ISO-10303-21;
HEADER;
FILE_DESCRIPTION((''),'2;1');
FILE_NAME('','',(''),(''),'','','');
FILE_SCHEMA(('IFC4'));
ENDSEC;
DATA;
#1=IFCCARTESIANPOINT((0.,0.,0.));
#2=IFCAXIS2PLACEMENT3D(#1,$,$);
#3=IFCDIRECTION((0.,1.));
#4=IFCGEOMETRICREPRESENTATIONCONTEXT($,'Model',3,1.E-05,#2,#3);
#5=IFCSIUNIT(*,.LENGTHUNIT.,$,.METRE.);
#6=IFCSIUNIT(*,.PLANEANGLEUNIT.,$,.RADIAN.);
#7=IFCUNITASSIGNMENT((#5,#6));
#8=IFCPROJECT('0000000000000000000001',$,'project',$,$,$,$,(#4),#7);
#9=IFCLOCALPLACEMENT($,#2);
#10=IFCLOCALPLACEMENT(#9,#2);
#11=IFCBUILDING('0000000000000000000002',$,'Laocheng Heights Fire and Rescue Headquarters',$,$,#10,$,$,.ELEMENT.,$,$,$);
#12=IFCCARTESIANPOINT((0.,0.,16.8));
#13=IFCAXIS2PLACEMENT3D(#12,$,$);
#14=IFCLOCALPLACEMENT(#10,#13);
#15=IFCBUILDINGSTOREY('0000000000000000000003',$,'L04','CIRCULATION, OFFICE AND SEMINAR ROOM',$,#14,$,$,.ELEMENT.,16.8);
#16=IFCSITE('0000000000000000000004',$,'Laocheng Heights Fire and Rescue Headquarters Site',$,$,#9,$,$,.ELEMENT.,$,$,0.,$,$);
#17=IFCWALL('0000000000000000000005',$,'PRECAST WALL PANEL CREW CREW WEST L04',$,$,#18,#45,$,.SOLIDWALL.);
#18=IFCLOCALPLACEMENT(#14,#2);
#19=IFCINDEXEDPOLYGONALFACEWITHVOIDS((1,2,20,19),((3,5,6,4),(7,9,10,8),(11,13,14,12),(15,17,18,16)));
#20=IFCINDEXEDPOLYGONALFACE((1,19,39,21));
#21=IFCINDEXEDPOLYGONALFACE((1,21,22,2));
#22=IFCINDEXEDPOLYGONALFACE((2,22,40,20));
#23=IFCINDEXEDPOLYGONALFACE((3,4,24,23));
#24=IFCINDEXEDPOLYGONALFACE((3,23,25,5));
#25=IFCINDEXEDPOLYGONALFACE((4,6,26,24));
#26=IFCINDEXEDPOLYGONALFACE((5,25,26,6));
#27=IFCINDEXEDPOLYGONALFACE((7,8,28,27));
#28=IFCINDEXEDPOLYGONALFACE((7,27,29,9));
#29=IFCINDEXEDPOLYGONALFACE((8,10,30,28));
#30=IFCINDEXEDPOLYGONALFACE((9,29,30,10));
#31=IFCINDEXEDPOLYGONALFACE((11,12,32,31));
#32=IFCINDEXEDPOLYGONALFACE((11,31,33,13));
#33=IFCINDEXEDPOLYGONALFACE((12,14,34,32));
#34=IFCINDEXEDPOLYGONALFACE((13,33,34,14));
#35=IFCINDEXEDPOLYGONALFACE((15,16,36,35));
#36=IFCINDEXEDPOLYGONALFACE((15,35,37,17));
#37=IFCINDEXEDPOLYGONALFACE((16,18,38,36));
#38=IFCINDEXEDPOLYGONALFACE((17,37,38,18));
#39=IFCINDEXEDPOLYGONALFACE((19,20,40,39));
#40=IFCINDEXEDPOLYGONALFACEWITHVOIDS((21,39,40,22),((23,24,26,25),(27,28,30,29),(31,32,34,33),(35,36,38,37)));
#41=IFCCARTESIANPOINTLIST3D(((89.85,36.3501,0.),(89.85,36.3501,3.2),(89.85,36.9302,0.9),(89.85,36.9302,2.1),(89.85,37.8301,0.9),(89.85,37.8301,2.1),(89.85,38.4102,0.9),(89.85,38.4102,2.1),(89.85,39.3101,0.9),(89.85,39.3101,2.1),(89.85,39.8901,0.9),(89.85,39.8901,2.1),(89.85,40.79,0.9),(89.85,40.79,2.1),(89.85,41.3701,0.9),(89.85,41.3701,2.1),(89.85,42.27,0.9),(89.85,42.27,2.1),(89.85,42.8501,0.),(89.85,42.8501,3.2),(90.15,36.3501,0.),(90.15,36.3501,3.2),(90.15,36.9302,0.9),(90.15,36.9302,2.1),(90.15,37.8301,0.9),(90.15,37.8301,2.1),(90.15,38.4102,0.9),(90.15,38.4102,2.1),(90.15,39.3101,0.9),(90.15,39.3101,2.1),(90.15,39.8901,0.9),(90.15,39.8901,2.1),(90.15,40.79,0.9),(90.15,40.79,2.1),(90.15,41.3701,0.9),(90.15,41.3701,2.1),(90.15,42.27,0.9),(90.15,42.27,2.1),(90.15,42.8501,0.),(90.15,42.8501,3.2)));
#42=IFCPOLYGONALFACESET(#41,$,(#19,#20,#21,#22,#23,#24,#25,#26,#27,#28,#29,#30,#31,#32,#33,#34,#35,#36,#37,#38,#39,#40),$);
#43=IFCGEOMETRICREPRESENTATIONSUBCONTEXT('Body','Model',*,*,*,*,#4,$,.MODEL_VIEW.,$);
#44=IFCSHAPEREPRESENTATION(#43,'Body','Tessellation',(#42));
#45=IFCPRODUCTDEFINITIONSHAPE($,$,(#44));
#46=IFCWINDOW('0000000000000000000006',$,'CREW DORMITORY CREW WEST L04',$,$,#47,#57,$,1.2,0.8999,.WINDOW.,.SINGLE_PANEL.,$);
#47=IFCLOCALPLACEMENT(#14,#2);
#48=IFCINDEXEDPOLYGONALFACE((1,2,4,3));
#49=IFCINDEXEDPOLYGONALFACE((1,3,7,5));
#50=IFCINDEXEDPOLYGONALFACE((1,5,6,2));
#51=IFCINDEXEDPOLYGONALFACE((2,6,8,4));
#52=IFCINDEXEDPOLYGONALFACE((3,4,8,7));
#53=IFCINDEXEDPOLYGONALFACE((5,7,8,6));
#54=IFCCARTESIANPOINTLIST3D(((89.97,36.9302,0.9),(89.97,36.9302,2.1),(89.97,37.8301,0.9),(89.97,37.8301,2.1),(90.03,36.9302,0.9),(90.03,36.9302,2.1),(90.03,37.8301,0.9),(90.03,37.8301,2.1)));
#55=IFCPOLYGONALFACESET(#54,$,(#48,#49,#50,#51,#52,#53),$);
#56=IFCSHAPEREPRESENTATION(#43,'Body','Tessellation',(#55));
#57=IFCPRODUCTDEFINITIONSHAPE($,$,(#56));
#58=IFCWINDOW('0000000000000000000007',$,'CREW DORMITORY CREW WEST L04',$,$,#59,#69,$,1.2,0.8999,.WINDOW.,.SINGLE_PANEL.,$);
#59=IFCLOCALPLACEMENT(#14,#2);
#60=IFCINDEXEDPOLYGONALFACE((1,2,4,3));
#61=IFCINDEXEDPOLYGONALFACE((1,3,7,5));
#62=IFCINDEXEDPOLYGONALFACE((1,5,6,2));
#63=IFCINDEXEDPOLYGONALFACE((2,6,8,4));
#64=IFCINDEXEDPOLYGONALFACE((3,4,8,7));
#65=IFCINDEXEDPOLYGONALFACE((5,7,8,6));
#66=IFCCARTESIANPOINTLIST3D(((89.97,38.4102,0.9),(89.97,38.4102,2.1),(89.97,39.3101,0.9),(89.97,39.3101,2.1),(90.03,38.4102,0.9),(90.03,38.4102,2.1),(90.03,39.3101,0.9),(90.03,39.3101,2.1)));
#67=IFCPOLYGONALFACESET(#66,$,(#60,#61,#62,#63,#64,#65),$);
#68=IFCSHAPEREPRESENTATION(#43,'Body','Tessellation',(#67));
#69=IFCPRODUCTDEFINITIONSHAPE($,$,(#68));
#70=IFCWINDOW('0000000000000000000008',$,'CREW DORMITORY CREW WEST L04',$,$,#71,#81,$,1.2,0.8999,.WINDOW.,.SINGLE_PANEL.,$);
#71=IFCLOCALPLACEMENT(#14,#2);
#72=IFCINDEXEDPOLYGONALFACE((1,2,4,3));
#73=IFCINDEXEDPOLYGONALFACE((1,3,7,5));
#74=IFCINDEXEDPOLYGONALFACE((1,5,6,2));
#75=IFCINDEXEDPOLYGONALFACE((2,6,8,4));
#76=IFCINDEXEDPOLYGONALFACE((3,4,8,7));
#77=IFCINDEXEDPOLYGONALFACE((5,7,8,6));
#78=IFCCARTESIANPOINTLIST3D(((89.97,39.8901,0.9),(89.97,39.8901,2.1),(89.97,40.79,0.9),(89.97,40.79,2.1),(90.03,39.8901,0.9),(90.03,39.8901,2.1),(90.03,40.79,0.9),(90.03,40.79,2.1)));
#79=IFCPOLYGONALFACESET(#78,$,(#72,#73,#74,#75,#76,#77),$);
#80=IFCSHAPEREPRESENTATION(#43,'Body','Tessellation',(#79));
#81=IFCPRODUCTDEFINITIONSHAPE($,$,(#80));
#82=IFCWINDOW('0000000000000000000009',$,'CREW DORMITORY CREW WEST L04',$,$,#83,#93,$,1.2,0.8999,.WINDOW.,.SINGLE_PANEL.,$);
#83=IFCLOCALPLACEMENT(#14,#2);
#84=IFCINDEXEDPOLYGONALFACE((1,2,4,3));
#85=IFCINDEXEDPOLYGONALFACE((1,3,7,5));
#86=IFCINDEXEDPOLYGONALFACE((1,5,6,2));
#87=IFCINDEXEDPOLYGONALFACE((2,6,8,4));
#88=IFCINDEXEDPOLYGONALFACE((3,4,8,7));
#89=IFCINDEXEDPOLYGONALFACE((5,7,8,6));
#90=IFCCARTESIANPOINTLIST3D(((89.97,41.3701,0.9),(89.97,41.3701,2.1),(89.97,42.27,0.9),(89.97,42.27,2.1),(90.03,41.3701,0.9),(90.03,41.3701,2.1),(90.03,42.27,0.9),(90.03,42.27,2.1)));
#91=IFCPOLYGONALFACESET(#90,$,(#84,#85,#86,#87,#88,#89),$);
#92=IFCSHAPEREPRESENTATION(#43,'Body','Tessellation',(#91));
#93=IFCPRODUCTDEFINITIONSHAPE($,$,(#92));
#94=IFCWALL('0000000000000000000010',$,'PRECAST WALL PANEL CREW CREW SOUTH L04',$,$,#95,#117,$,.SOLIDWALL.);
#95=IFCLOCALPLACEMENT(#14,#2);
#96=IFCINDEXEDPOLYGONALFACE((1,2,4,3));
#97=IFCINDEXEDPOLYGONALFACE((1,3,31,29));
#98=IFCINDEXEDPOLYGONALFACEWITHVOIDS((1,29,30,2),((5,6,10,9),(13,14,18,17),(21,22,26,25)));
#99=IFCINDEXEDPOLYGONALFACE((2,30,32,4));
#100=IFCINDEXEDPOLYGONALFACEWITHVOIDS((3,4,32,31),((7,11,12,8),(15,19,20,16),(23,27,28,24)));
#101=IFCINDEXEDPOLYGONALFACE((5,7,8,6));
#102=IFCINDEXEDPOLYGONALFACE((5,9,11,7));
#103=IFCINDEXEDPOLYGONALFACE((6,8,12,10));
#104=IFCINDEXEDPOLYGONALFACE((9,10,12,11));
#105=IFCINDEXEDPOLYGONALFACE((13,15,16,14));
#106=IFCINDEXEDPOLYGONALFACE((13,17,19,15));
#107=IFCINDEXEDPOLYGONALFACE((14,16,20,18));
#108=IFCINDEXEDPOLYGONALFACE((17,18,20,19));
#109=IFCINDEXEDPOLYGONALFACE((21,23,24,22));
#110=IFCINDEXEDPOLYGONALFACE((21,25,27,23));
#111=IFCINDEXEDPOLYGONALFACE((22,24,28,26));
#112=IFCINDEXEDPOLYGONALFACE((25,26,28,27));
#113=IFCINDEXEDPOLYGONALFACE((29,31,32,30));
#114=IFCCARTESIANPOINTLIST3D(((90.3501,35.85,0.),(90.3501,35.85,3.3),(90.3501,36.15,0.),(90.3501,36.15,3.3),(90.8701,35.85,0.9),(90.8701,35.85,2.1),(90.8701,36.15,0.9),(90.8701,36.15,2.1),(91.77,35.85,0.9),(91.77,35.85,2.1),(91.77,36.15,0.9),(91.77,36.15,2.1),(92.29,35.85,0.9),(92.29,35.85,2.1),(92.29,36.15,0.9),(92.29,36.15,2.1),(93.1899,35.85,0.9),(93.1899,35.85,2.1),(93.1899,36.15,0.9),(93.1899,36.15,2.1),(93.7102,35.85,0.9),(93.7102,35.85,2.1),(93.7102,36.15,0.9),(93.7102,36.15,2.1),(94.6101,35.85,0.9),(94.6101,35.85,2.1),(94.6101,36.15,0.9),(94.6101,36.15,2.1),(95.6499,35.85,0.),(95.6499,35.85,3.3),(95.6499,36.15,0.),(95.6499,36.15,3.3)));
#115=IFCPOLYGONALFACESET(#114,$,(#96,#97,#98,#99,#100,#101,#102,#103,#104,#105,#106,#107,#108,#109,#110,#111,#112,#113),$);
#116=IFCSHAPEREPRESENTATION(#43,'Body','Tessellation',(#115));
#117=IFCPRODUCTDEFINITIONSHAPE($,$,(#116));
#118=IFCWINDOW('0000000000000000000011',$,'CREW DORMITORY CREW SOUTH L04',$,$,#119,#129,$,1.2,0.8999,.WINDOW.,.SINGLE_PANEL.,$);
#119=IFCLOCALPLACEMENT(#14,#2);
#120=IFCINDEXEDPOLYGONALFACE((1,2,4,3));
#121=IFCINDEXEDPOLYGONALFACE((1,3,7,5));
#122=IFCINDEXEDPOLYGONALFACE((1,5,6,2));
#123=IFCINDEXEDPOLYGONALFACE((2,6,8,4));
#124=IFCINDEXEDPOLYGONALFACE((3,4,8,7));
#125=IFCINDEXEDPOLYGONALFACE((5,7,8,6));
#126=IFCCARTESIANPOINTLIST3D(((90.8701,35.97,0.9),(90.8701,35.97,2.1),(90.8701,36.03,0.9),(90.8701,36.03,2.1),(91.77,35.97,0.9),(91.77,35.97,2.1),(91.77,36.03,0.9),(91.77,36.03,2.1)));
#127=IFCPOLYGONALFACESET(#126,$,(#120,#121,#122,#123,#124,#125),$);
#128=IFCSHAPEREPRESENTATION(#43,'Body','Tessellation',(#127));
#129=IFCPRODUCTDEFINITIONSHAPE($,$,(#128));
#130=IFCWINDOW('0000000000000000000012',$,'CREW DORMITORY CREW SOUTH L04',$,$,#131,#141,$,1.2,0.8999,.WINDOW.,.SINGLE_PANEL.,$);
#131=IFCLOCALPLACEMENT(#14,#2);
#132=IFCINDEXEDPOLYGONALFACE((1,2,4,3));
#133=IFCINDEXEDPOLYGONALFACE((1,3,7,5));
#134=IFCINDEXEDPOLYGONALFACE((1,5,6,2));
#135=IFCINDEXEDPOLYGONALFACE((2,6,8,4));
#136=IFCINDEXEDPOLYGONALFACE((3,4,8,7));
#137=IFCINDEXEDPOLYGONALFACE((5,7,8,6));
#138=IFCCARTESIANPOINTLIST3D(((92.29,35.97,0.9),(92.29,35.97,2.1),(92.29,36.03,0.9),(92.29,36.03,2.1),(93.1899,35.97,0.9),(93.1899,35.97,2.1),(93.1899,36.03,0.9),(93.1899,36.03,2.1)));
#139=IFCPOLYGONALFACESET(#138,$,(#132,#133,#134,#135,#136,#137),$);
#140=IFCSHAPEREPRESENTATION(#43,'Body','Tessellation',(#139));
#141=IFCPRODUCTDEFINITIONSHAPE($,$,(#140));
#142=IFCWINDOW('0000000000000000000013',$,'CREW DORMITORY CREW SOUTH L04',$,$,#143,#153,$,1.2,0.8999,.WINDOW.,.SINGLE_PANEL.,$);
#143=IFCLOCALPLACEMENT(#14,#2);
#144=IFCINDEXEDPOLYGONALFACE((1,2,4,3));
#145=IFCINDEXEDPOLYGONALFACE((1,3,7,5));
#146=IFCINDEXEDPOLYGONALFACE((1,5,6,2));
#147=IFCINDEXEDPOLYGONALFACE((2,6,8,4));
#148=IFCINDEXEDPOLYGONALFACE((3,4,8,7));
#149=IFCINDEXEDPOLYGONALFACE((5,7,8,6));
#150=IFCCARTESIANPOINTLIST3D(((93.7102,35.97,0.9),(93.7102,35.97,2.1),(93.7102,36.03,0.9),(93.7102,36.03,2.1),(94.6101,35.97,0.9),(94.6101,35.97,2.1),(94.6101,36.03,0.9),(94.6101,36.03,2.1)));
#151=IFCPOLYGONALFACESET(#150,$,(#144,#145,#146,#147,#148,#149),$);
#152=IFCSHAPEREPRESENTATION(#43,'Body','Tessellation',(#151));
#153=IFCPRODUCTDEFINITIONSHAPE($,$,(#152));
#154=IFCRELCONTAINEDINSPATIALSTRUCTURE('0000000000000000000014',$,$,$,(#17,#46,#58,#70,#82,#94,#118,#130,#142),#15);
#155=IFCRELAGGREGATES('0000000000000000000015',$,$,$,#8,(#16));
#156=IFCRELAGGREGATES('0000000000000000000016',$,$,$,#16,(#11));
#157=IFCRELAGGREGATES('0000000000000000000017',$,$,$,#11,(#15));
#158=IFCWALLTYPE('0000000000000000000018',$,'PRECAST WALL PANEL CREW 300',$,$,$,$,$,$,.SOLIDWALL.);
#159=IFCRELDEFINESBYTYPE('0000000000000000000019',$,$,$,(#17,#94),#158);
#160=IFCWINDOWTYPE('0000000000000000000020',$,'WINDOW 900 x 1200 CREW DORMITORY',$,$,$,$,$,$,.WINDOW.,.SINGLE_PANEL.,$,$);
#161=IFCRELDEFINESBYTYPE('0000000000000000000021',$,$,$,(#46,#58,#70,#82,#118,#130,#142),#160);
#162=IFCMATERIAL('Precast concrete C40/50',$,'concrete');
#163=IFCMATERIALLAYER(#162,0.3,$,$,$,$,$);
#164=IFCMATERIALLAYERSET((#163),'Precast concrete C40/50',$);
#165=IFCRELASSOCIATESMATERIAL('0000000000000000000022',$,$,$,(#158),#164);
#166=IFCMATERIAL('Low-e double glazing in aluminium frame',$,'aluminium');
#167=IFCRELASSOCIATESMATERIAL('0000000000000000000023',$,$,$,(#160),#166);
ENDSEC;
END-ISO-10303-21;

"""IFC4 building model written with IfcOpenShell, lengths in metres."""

from ifc_helpers import new_model, si_unit, direction, frame, frame_2d, origin, place, context, subcontext, project, spatial, rectangle, extrude, material, layer, layer_set, type_object, element, fill, save


model = new_model("IFC4")

# Units and contexts
model_context = context("Model", 3, precision=1e-05, world=origin(), true_north=direction((0.0, 1.0)))
body_context = subcontext(model_context, "Body", "Model", "MODEL_VIEW")
ifc_project = project(units=[si_unit("LENGTHUNIT", "METRE"), si_unit("PLANEANGLEUNIT", "RADIAN")], contexts=[model_context])

# Site, building, storey
site_placement = place(None, origin())
site = spatial("IfcSite", under=ifc_project, at=site_placement, Name="Laocheng Heights Fire and Rescue Headquarters Site", CompositionType="ELEMENT", RefElevation=0.0)
building_placement = place(site_placement, origin())
building = spatial("IfcBuilding", under=site, at=building_placement, Name="Laocheng Heights Fire and Rescue Headquarters", CompositionType="ELEMENT")
storey_placement = place(building_placement, frame((0.0, 0.0, 16.8)))
storey = spatial("IfcBuildingStorey", under=building, at=storey_placement, Name="L04", Description="CIRCULATION, OFFICE AND SEMINAR ROOM", CompositionType="ELEMENT", Elevation=16.8)

# Walls, openings, windows
ifc_material_1 = material(Name="Precast concrete C40/50", Category="concrete")
ifc_layer_1 = layer(ifc_material_1, 0.3)
ifc_layer_set_1 = layer_set([ifc_layer_1], Name="Precast concrete C40/50")
wall_type_1 = type_object("IfcWallType", Name="PRECAST WALL PANEL CREW 300", PredefinedType="SOLIDWALL", material=ifc_layer_set_1)
wall_1_placement = place(storey_placement, frame((90.0, 36.3501, 0.0), z_axis=(0.0, 0.0, 1.0), x_axis=(0.0, 1.0, 0.0)))
wall_1 = element("IfcWall", 1, at=wall_1_placement, inside=storey, type_object=wall_type_1, Name="PRECAST WALL PANEL CREW CREW WEST L04", PredefinedType="SOLIDWALL", context=body_context, shape_type="SweptSolid", body=[
    extrude(rectangle(XDim=6.5, YDim=0.3, at=frame_2d((3.25, 0.0))), origin(), (0.0, 0.0, 1.0), 3.2),
])
opening_1_placement = place(wall_1_placement, frame((0.5801, 0.0, 0.8999)))
opening_1 = element("IfcOpeningElement", 2, at=opening_1_placement, cuts=wall_1, PredefinedType="OPENING", context=body_context, shape_type="SweptSolid", body=[
    extrude(rectangle(XDim=0.8999, YDim=1.2, at=frame_2d((0.45, 0.6001))), frame((0.0, 0.1599, 0.0), z_axis=(0.0, -1.0, 0.0), x_axis=(1.0, 0.0, 0.0)), (0.0, 0.0, 1.0), 0.3201),
])
opening_2_placement = place(wall_1_placement, frame((2.0601, 0.0, 0.8999)))
opening_2 = element("IfcOpeningElement", 3, at=opening_2_placement, cuts=wall_1, PredefinedType="OPENING", context=body_context, shape_type="SweptSolid", body=[
    extrude(rectangle(XDim=0.8999, YDim=1.2, at=frame_2d((0.45, 0.6001))), frame((0.0, 0.1599, 0.0), z_axis=(0.0, -1.0, 0.0), x_axis=(1.0, 0.0, 0.0)), (0.0, 0.0, 1.0), 0.3201),
])
opening_3_placement = place(wall_1_placement, frame((3.54, 0.0, 0.8999)))
opening_3 = element("IfcOpeningElement", 4, at=opening_3_placement, cuts=wall_1, PredefinedType="OPENING", context=body_context, shape_type="SweptSolid", body=[
    extrude(rectangle(XDim=0.8999, YDim=1.2, at=frame_2d((0.45, 0.6001))), frame((0.0, 0.1599, 0.0), z_axis=(0.0, -1.0, 0.0), x_axis=(1.0, 0.0, 0.0)), (0.0, 0.0, 1.0), 0.3201),
])
opening_4_placement = place(wall_1_placement, frame((5.02, 0.0, 0.8999)))
opening_4 = element("IfcOpeningElement", 5, at=opening_4_placement, cuts=wall_1, PredefinedType="OPENING", context=body_context, shape_type="SweptSolid", body=[
    extrude(rectangle(XDim=0.8999, YDim=1.2, at=frame_2d((0.45, 0.6001))), frame((0.0, 0.1599, 0.0), z_axis=(0.0, -1.0, 0.0), x_axis=(1.0, 0.0, 0.0)), (0.0, 0.0, 1.0), 0.3201),
])
ifc_material_2 = material(Name="Low-e double glazing in aluminium frame", Category="aluminium")
window_type = type_object("IfcWindowType", Name="WINDOW 900 x 1200 CREW DORMITORY", PartitioningType="SINGLE_PANEL", PredefinedType="WINDOW", material=ifc_material_2)
window_1_placement = place(opening_1_placement, origin())
window_1 = element("IfcWindow", 6, at=window_1_placement, inside=storey, type_object=window_type, Name="CREW DORMITORY CREW WEST L04", OverallHeight=1.2, OverallWidth=0.8999, PartitioningType="SINGLE_PANEL", PredefinedType="WINDOW", context=body_context, shape_type="SweptSolid", body=[
    extrude(rectangle(XDim=0.8999, YDim=1.2, at=frame_2d((0.45, 0.6001))), frame((0.0, 0.03, 0.0), z_axis=(0.0, -1.0, 0.0), x_axis=(1.0, 0.0, 0.0)), (0.0, 0.0, 1.0), 0.0601),
])
fill(opening_1, window_1)
window_2_placement = place(opening_2_placement, origin())
window_2 = element("IfcWindow", 7, at=window_2_placement, inside=storey, type_object=window_type, Name="CREW DORMITORY CREW WEST L04", OverallHeight=1.2, OverallWidth=0.8999, PartitioningType="SINGLE_PANEL", PredefinedType="WINDOW", context=body_context, shape_type="SweptSolid", body=[
    extrude(rectangle(XDim=0.8999, YDim=1.2, at=frame_2d((0.45, 0.6001))), frame((0.0, 0.03, 0.0), z_axis=(0.0, -1.0, 0.0), x_axis=(1.0, 0.0, 0.0)), (0.0, 0.0, 1.0), 0.0601),
])
fill(opening_2, window_2)
window_3_placement = place(opening_3_placement, origin())
window_3 = element("IfcWindow", 8, at=window_3_placement, inside=storey, type_object=window_type, Name="CREW DORMITORY CREW WEST L04", OverallHeight=1.2, OverallWidth=0.8999, PartitioningType="SINGLE_PANEL", PredefinedType="WINDOW", context=body_context, shape_type="SweptSolid", body=[
    extrude(rectangle(XDim=0.8999, YDim=1.2, at=frame_2d((0.45, 0.6001))), frame((0.0, 0.03, 0.0), z_axis=(0.0, -1.0, 0.0), x_axis=(1.0, 0.0, 0.0)), (0.0, 0.0, 1.0), 0.0601),
])
fill(opening_3, window_3)
window_4_placement = place(opening_4_placement, origin())
window_4 = element("IfcWindow", 9, at=window_4_placement, inside=storey, type_object=window_type, Name="CREW DORMITORY CREW WEST L04", OverallHeight=1.2, OverallWidth=0.8999, PartitioningType="SINGLE_PANEL", PredefinedType="WINDOW", context=body_context, shape_type="SweptSolid", body=[
    extrude(rectangle(XDim=0.8999, YDim=1.2, at=frame_2d((0.45, 0.6001))), frame((0.0, 0.03, 0.0), z_axis=(0.0, -1.0, 0.0), x_axis=(1.0, 0.0, 0.0)), (0.0, 0.0, 1.0), 0.0601),
])
fill(opening_4, window_4)
wall_2_placement = place(storey_placement, frame((90.3501, 36.0, 0.0), z_axis=(0.0, 0.0, 1.0), x_axis=(1.0, 0.0, 0.0)))
wall_2 = element("IfcWall", 10, at=wall_2_placement, inside=storey, type_object=wall_type_1, Name="PRECAST WALL PANEL CREW CREW SOUTH L04", PredefinedType="SOLIDWALL", context=body_context, shape_type="SweptSolid", body=[
    extrude(rectangle(XDim=5.2998, YDim=0.3, at=frame_2d((2.6499, 0.0))), origin(), (0.0, 0.0, 1.0), 3.3),
])
opening_5_placement = place(wall_2_placement, frame((0.52, 0.0, 0.8999)))
opening_5 = element("IfcOpeningElement", 11, at=opening_5_placement, cuts=wall_2, PredefinedType="OPENING", context=body_context, shape_type="SweptSolid", body=[
    extrude(rectangle(XDim=0.8999, YDim=1.2, at=frame_2d((0.45, 0.6001))), frame((0.0, 0.1599, 0.0), z_axis=(0.0, -1.0, 0.0), x_axis=(1.0, 0.0, 0.0)), (0.0, 0.0, 1.0), 0.3201),
])
opening_6_placement = place(wall_2_placement, frame((1.9399, 0.0, 0.8999)))
opening_6 = element("IfcOpeningElement", 12, at=opening_6_placement, cuts=wall_2, PredefinedType="OPENING", context=body_context, shape_type="SweptSolid", body=[
    extrude(rectangle(XDim=0.8999, YDim=1.2, at=frame_2d((0.45, 0.6001))), frame((0.0, 0.1599, 0.0), z_axis=(0.0, -1.0, 0.0), x_axis=(1.0, 0.0, 0.0)), (0.0, 0.0, 1.0), 0.3201),
])
opening_7_placement = place(wall_2_placement, frame((3.3601, 0.0, 0.8999)))
opening_7 = element("IfcOpeningElement", 13, at=opening_7_placement, cuts=wall_2, PredefinedType="OPENING", context=body_context, shape_type="SweptSolid", body=[
    extrude(rectangle(XDim=0.8999, YDim=1.2, at=frame_2d((0.45, 0.6001))), frame((0.0, 0.1599, 0.0), z_axis=(0.0, -1.0, 0.0), x_axis=(1.0, 0.0, 0.0)), (0.0, 0.0, 1.0), 0.3201),
])
window_5_placement = place(opening_5_placement, origin())
window_5 = element("IfcWindow", 14, at=window_5_placement, inside=storey, type_object=window_type, Name="CREW DORMITORY CREW SOUTH L04", OverallHeight=1.2, OverallWidth=0.8999, PartitioningType="SINGLE_PANEL", PredefinedType="WINDOW", context=body_context, shape_type="SweptSolid", body=[
    extrude(rectangle(XDim=0.8999, YDim=1.2, at=frame_2d((0.45, 0.6001))), frame((0.0, 0.03, 0.0), z_axis=(0.0, -1.0, 0.0), x_axis=(1.0, 0.0, 0.0)), (0.0, 0.0, 1.0), 0.0601),
])
fill(opening_5, window_5)
window_6_placement = place(opening_6_placement, origin())
window_6 = element("IfcWindow", 15, at=window_6_placement, inside=storey, type_object=window_type, Name="CREW DORMITORY CREW SOUTH L04", OverallHeight=1.2, OverallWidth=0.8999, PartitioningType="SINGLE_PANEL", PredefinedType="WINDOW", context=body_context, shape_type="SweptSolid", body=[
    extrude(rectangle(XDim=0.8999, YDim=1.2, at=frame_2d((0.45, 0.6001))), frame((0.0, 0.03, 0.0), z_axis=(0.0, -1.0, 0.0), x_axis=(1.0, 0.0, 0.0)), (0.0, 0.0, 1.0), 0.0601),
])
fill(opening_6, window_6)
window_7_placement = place(opening_7_placement, origin())
window_7 = element("IfcWindow", 16, at=window_7_placement, inside=storey, type_object=window_type, Name="CREW DORMITORY CREW SOUTH L04", OverallHeight=1.2, OverallWidth=0.8999, PartitioningType="SINGLE_PANEL", PredefinedType="WINDOW", context=body_context, shape_type="SweptSolid", body=[
    extrude(rectangle(XDim=0.8999, YDim=1.2, at=frame_2d((0.45, 0.6001))), frame((0.0, 0.03, 0.0), z_axis=(0.0, -1.0, 0.0), x_axis=(1.0, 0.0, 0.0)), (0.0, 0.0, 1.0), 0.0601),
])
fill(opening_7, window_7)

save(model, "model.ifc")
